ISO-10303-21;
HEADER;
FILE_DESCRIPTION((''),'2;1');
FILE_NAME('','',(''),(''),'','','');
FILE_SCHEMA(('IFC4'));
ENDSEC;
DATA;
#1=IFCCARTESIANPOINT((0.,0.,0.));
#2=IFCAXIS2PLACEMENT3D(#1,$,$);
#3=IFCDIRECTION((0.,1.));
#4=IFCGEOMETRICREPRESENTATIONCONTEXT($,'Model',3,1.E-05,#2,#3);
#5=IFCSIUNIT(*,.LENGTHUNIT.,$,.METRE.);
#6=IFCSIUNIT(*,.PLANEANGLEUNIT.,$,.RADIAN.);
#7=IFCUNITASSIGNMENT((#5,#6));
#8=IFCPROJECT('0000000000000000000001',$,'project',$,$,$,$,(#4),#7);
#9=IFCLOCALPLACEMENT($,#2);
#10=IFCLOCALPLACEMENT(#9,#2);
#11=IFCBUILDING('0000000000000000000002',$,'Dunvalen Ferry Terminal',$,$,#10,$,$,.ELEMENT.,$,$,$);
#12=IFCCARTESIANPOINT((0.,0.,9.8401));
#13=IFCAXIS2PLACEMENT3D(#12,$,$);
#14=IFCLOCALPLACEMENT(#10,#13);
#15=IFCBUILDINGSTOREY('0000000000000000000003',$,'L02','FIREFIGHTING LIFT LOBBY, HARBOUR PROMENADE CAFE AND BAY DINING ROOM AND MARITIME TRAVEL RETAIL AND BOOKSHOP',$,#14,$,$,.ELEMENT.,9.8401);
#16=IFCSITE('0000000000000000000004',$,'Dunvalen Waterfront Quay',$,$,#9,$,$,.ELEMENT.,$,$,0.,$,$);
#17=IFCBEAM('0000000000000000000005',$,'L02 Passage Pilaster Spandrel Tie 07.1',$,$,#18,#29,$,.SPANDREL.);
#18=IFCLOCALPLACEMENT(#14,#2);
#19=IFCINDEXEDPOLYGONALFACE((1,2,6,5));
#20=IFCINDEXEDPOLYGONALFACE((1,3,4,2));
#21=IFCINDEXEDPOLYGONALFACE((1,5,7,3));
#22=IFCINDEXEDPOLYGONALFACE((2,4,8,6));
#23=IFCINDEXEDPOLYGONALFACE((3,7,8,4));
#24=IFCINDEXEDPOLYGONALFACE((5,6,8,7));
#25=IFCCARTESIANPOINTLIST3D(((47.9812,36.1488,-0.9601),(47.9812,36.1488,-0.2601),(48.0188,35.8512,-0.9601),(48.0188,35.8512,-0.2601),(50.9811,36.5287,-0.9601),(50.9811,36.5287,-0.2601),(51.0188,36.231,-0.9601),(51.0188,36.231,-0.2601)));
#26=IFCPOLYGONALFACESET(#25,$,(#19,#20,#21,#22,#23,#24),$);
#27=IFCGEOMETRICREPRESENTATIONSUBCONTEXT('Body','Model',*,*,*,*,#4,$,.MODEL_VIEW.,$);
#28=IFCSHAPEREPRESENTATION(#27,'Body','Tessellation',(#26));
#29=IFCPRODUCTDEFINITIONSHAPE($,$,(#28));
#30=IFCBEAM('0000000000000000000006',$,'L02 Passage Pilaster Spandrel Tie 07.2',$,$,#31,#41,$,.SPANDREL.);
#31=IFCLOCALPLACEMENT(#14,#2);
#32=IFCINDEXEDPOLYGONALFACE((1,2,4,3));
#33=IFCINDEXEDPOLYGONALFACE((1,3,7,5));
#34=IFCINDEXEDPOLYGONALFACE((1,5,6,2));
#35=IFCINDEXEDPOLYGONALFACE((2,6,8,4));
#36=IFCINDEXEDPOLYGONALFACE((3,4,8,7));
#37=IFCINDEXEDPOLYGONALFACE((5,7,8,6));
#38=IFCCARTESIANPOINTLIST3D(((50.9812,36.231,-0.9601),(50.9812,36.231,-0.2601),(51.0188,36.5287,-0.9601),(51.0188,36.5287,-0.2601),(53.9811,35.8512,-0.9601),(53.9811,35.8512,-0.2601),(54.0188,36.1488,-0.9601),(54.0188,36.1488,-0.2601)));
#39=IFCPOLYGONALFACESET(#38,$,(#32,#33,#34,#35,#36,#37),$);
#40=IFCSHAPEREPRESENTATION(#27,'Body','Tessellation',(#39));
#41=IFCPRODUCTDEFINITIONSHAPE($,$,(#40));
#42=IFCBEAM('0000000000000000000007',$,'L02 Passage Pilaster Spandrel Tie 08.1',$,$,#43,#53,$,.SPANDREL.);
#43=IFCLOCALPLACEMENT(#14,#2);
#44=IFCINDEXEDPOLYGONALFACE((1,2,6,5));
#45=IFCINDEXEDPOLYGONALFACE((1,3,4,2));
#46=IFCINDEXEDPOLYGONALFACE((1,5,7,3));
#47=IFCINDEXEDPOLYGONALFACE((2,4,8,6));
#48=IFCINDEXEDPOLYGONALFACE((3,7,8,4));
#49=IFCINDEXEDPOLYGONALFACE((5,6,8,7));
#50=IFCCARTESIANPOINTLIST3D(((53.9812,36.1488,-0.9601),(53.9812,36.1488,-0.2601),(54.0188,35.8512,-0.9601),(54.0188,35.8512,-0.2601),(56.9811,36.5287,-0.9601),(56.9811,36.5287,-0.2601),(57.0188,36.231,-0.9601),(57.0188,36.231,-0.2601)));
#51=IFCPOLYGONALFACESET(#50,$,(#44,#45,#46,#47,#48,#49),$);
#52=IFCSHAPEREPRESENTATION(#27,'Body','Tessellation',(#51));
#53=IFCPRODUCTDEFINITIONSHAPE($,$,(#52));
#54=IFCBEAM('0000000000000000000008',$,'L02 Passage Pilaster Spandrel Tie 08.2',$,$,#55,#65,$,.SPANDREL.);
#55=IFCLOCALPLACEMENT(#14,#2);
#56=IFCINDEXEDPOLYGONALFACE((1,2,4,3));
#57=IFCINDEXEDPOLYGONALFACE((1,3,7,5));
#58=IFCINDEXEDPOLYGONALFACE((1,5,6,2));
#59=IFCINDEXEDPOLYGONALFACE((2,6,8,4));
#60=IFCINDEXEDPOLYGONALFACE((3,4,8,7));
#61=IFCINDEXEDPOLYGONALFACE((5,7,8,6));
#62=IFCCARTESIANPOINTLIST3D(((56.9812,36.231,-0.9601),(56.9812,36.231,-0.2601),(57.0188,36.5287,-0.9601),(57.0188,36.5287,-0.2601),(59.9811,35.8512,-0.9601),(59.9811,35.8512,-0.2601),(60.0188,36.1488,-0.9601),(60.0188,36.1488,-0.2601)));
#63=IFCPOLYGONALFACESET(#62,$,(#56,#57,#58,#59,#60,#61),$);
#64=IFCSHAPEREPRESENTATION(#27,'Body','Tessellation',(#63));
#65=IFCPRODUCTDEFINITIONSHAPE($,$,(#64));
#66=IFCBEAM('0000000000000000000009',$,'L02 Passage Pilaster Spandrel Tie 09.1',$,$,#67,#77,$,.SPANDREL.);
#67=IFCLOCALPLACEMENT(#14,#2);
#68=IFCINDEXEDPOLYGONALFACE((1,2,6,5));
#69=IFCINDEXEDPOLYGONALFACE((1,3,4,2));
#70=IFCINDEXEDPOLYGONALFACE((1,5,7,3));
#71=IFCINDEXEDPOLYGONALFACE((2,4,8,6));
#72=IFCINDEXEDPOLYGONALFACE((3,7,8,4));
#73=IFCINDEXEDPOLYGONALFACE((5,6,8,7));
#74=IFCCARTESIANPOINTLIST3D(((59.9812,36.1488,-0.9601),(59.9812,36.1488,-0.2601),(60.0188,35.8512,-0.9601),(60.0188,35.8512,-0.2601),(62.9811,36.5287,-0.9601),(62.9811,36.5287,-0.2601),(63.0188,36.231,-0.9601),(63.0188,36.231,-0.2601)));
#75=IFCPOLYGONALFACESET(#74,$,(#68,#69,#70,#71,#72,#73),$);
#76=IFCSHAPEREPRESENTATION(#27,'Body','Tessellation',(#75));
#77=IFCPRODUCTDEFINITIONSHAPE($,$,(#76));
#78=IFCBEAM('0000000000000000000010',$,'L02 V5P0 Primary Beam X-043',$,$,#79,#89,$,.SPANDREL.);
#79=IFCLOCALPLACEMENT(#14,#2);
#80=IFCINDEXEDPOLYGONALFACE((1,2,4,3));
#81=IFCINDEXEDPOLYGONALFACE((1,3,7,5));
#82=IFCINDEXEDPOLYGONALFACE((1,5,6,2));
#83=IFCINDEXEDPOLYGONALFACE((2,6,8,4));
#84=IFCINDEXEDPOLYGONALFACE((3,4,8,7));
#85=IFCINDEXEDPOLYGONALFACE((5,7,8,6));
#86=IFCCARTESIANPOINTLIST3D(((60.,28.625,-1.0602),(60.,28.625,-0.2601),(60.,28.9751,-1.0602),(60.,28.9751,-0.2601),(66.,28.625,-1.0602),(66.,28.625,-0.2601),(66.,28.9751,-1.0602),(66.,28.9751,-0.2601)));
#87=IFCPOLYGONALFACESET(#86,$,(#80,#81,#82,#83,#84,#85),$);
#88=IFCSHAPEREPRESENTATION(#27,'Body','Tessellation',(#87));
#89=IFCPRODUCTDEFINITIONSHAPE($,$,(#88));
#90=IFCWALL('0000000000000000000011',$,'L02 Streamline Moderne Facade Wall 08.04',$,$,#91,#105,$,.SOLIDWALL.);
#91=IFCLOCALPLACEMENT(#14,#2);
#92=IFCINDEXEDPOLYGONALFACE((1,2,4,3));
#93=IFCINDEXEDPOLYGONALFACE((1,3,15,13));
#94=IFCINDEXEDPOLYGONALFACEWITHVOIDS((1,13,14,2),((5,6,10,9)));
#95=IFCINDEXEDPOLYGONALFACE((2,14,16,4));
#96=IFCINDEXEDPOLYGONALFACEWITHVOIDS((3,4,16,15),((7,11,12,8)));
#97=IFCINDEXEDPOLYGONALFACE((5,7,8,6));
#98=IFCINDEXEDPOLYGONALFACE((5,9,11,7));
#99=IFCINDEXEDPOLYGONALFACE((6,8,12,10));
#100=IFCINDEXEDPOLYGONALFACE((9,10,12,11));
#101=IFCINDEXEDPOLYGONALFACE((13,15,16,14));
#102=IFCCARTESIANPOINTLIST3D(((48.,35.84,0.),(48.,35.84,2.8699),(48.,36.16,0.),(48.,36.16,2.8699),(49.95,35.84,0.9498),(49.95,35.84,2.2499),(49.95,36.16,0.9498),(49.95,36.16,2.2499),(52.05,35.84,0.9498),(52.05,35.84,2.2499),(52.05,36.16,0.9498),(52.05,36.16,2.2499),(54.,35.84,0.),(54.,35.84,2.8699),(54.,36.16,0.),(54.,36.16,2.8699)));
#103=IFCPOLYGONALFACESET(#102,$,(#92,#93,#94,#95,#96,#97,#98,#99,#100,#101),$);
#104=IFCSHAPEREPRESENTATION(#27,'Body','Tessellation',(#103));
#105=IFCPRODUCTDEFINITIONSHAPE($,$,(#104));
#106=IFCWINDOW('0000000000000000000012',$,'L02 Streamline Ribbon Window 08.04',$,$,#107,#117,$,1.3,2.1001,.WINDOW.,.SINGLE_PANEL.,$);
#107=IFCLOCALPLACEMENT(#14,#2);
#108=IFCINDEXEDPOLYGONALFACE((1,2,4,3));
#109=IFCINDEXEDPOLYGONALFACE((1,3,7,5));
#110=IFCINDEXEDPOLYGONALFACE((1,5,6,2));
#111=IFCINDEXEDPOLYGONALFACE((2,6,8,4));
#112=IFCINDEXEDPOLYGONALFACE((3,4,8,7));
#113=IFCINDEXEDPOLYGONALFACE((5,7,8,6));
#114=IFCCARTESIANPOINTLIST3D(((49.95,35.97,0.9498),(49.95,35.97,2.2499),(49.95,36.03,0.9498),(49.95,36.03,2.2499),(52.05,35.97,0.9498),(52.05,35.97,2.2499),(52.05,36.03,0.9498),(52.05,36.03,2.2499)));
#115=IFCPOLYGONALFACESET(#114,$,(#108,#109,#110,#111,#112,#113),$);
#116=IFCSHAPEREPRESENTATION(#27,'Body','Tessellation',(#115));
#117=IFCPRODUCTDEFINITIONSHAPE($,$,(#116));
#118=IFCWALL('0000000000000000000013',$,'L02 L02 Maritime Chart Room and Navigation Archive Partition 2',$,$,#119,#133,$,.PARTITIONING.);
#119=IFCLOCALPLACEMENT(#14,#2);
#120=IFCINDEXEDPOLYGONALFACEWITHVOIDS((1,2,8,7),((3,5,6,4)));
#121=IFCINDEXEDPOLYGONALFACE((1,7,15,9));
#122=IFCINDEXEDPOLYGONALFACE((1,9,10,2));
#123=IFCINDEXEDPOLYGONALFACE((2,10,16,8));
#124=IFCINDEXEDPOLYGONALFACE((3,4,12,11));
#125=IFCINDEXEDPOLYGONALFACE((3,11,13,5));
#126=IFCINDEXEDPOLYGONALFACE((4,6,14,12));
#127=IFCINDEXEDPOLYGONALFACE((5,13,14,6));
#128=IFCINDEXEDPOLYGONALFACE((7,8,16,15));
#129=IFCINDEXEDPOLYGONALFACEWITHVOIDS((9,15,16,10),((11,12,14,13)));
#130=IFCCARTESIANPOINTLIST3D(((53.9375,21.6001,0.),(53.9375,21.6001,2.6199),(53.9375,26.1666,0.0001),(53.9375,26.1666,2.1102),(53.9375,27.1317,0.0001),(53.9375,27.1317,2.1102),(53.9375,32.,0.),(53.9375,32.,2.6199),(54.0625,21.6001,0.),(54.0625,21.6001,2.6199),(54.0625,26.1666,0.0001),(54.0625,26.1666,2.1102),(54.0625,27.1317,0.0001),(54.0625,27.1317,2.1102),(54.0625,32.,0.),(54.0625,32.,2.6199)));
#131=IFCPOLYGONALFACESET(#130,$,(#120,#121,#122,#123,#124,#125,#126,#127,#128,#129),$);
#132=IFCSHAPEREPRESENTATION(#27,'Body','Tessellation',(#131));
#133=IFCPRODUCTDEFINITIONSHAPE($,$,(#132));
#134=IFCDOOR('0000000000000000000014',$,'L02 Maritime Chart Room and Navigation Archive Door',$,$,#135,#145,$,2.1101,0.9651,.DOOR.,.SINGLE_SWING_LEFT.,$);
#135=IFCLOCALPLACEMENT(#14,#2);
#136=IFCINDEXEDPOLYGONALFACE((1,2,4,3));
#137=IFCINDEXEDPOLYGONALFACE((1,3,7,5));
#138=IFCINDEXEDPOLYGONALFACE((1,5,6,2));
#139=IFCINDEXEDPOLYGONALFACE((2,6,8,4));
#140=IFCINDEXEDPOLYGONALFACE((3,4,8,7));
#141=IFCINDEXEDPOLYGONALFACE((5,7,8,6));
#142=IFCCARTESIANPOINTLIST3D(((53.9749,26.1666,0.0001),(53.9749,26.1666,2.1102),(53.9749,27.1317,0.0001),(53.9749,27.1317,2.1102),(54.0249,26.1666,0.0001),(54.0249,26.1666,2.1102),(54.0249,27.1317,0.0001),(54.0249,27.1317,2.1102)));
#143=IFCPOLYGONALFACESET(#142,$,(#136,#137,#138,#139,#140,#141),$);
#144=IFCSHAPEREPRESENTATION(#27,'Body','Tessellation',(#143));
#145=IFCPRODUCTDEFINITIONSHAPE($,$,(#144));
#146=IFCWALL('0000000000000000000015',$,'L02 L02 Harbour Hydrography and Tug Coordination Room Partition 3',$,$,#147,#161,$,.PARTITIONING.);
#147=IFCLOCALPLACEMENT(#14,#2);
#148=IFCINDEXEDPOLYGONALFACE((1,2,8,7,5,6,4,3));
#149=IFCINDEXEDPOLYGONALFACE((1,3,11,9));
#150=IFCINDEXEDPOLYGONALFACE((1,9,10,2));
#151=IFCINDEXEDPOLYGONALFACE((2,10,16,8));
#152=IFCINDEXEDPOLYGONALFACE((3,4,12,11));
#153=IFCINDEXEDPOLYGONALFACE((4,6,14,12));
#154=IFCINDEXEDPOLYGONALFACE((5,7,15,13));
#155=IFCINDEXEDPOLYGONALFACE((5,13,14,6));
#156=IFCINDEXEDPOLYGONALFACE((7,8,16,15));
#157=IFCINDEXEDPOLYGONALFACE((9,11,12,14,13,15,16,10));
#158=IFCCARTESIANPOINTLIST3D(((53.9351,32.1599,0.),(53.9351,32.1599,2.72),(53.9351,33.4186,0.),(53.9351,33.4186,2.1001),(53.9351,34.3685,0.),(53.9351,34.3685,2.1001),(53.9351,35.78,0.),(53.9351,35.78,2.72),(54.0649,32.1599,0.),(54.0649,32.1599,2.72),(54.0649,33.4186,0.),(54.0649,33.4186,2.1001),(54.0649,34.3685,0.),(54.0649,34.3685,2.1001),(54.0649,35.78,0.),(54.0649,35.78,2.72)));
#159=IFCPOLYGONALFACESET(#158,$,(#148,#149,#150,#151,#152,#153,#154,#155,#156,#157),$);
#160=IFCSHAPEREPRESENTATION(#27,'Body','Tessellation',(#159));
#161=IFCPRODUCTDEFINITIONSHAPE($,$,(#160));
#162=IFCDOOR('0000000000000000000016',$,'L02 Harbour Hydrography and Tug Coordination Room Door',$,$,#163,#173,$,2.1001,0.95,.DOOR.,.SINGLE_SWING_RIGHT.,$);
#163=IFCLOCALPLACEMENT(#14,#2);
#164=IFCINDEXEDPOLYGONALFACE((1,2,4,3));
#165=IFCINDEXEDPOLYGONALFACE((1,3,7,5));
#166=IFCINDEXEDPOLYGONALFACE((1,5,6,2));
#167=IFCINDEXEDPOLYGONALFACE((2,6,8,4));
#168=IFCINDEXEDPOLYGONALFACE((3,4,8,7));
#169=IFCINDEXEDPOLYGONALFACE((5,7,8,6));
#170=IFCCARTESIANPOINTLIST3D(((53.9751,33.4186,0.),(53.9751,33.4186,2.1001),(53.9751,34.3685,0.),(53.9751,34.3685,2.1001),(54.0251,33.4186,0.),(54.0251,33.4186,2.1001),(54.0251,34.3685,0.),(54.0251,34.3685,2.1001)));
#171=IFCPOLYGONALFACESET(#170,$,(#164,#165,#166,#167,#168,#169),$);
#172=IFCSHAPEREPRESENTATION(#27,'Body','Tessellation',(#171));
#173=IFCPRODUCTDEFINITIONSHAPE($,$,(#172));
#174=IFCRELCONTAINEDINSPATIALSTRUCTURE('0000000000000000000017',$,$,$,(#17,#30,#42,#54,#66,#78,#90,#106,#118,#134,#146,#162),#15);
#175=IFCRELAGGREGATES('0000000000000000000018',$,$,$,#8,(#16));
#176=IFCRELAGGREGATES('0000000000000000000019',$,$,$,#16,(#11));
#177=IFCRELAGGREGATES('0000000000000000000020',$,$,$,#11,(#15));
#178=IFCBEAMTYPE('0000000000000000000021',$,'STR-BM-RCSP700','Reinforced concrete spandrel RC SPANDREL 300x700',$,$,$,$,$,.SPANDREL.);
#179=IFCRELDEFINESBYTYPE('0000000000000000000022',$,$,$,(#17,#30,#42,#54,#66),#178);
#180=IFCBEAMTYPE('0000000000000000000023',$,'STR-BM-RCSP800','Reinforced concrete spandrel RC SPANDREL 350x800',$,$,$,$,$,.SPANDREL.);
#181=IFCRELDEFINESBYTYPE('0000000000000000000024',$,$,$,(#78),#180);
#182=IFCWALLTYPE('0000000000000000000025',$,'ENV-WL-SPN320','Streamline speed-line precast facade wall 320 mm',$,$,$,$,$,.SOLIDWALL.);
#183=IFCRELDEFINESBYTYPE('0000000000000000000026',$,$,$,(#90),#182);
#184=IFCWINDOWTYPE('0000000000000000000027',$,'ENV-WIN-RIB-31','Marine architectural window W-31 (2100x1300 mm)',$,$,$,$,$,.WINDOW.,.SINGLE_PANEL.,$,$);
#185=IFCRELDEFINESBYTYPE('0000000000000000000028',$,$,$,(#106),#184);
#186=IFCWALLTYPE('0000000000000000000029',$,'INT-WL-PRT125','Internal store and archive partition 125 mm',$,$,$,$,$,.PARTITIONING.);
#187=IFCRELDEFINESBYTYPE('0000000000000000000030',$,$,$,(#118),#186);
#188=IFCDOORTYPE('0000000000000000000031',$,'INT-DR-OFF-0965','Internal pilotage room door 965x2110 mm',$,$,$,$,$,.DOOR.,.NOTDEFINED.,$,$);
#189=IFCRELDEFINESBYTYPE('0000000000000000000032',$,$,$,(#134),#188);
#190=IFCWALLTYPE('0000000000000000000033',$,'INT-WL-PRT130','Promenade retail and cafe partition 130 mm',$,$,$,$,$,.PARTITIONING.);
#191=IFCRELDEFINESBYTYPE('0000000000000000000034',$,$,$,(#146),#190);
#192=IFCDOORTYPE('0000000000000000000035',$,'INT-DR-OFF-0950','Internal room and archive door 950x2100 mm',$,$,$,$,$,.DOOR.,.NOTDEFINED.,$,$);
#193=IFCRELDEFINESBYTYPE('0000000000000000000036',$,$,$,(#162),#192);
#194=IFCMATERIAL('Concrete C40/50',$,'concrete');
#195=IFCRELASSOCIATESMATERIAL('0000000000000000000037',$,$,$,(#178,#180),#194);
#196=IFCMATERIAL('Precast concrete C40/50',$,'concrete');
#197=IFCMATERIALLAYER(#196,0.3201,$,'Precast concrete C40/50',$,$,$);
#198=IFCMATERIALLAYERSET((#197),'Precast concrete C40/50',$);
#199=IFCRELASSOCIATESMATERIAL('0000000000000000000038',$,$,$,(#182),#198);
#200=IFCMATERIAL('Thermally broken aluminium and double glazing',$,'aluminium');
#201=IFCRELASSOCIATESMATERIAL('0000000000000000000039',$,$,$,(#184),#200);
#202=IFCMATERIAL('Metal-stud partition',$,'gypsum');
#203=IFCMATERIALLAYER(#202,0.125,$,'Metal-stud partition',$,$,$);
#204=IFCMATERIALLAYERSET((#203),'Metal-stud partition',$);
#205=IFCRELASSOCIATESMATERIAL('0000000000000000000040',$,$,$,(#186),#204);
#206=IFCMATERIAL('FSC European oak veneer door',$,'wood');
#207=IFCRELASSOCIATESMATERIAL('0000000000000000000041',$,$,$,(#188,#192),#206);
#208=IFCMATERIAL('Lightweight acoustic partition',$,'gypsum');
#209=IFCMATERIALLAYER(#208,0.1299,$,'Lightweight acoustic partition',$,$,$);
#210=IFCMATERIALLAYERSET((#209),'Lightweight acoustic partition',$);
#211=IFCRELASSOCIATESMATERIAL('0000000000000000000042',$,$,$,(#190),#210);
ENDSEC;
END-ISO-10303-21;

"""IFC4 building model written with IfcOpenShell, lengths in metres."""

from ifc_helpers import new_model, si_unit, direction, frame, frame_2d, origin, origin_2d, place, context, subcontext, project, spatial, rectangle, extrude, material, layer, layer_set, material_profile, profile_set, type_object, element, fill, save


model = new_model("IFC4")

# Units and contexts
model_context = context("Model", 3, precision=1e-05, world=origin(), true_north=direction((0.0, 1.0)))
body_context = subcontext(model_context, "Body", "Model", "MODEL_VIEW")
ifc_project = project(units=[si_unit("LENGTHUNIT", "METRE"), si_unit("PLANEANGLEUNIT", "RADIAN")], contexts=[model_context])

# Site, building, storey
site_placement = place(None, origin())
site = spatial("IfcSite", under=ifc_project, at=site_placement, Name="Dunvalen Waterfront Quay", CompositionType="ELEMENT", RefElevation=0.0)
building_placement = place(site_placement, origin())
building = spatial("IfcBuilding", under=site, at=building_placement, Name="Dunvalen Ferry Terminal", CompositionType="ELEMENT")
storey_placement = place(building_placement, frame((0.0, 0.0, 9.8401)))
storey = spatial("IfcBuildingStorey", under=building, at=storey_placement, Name="L02", Description="FIREFIGHTING LIFT LOBBY, HARBOUR PROMENADE CAFE AND BAY DINING ROOM AND MARITIME TRAVEL RETAIL AND BOOKSHOP", CompositionType="ELEMENT", Elevation=9.8401)

# Shared definitions
ifc_material_1 = material(Name="Concrete C40/50", Category="concrete")

# Beams
ifc_material_profile_1 = material_profile(ifc_material_1, rectangle(XDim=0.3, YDim=0.7, at=origin_2d()), Name="Concrete C40/50")
ifc_profile_set_1 = profile_set([ifc_material_profile_1], Name="Concrete C40/50")
beam_type_1 = type_object("IfcBeamType", Name="STR-BM-RCSP700", Description="Reinforced concrete spandrel RC SPANDREL 300x700", PredefinedType="SPANDREL", material=ifc_profile_set_1)
for number, where, z_axis, x_axis, name in (
    (1, (48.0, 36.0, -0.6101), (0.992078, 0.125624, 0.0), (-0.125624, 0.992078, 0.0), "L02 Passage Pilaster Spandrel Tie 07.1"),
    (2, (51.0, 36.3799, -0.6101), (0.992078, -0.125624, 0.0), (0.125624, 0.992078, 0.0), "L02 Passage Pilaster Spandrel Tie 07.2"),
    (3, (54.0, 36.0, -0.6101), (0.992078, 0.125624, 0.0), (-0.125624, 0.992078, 0.0), "L02 Passage Pilaster Spandrel Tie 08.1"),
    (4, (57.0, 36.3799, -0.6101), (0.992078, -0.125624, 0.0), (0.125624, 0.992078, 0.0), "L02 Passage Pilaster Spandrel Tie 08.2"),
    (5, (60.0, 36.0, -0.6101), (0.992078, 0.125624, 0.0), (-0.125624, 0.992078, 0.0), "L02 Passage Pilaster Spandrel Tie 09.1"),
):
    element("IfcBeam", number, at=place(storey_placement, frame(where, z_axis=z_axis, x_axis=x_axis)), inside=storey, type_object=beam_type_1, Name=name, PredefinedType="SPANDREL", context=body_context, shape_type="SweptSolid", body=[
        extrude(rectangle(XDim=0.3, YDim=0.7, at=origin_2d()), origin(), (0.0, 0.0, 1.0), 3.0239),
    ])
ifc_material_profile_2 = material_profile(ifc_material_1, rectangle(XDim=0.3501, YDim=0.8, at=origin_2d()), Name="Concrete C40/50")
ifc_profile_set_2 = profile_set([ifc_material_profile_2], Name="Concrete C40/50")
beam_type_2 = type_object("IfcBeamType", Name="STR-BM-RCSP800", Description="Reinforced concrete spandrel RC SPANDREL 350x800", PredefinedType="SPANDREL", material=ifc_profile_set_2)
beam_1_placement = place(storey_placement, frame((60.0, 28.8, -0.6602), z_axis=(1.0, 0.0, 0.0), x_axis=(0.0, 1.0, 0.0)))
element("IfcBeam", 6, at=beam_1_placement, inside=storey, type_object=beam_type_2, Name="L02 V5P0 Primary Beam X-043", PredefinedType="SPANDREL", context=body_context, shape_type="SweptSolid", body=[
    extrude(rectangle(XDim=0.3501, YDim=0.8, at=origin_2d()), origin(), (0.0, 0.0, 1.0), 6.0),
])

# Wall, opening, window
ifc_material_2 = material(Name="Precast concrete C40/50", Category="concrete")
ifc_layer_1 = layer(ifc_material_2, 0.3201, Name="Precast concrete C40/50")
ifc_layer_set_1 = layer_set([ifc_layer_1], Name="Precast concrete C40/50")
wall_type_1 = type_object("IfcWallType", Name="ENV-WL-SPN320", Description="Streamline speed-line precast facade wall 320 mm", PredefinedType="SOLIDWALL", material=ifc_layer_set_1)
wall_1_placement = place(storey_placement, frame((54.0, 36.0, 0.0), z_axis=(0.0, 0.0, 1.0), x_axis=(-1.0, 0.0, 0.0)))
wall_1 = element("IfcWall", 7, at=wall_1_placement, inside=storey, type_object=wall_type_1, Name="L02 Streamline Moderne Facade Wall 08.04", PredefinedType="SOLIDWALL", context=body_context, shape_type="SweptSolid", body=[
    extrude(rectangle(XDim=6.0, YDim=0.3201, at=frame_2d((3.0, 0.0))), origin(), (0.0, 0.0, 1.0), 2.8699),
])
opening_1_placement = place(wall_1_placement, frame((1.95, 0.0, 0.95)))
opening_1 = element("IfcOpeningElement", 8, at=opening_1_placement, cuts=wall_1, PredefinedType="OPENING", context=body_context, shape_type="SweptSolid", body=[
    extrude(rectangle(XDim=2.1001, YDim=1.3, at=frame_2d((1.05, 0.6499))), frame((0.0, 0.1699, 0.0), z_axis=(0.0, -1.0, 0.0), x_axis=(1.0, 0.0, 0.0)), (0.0, 0.0, 1.0), 0.3401),
])
ifc_material_3 = material(Name="Thermally broken aluminium and double glazing", Category="aluminium")
window_type = type_object("IfcWindowType", Name="ENV-WIN-RIB-31", Description="Marine architectural window W-31 (2100x1300 mm)", PartitioningType="SINGLE_PANEL", PredefinedType="WINDOW", material=ifc_material_3)
window_placement = place(opening_1_placement, origin())
window = element("IfcWindow", 9, at=window_placement, inside=storey, type_object=window_type, Name="L02 Streamline Ribbon Window 08.04", OverallHeight=1.3, OverallWidth=2.1001, PartitioningType="SINGLE_PANEL", PredefinedType="WINDOW", context=body_context, shape_type="SweptSolid", body=[
    extrude(rectangle(XDim=2.1001, YDim=1.3, at=frame_2d((1.05, 0.6499))), frame((0.0, 0.03, 0.0), z_axis=(0.0, -1.0, 0.0), x_axis=(1.0, 0.0, 0.0)), (0.0, 0.0, 1.0), 0.0601),
])
fill(opening_1, window)

# Walls, openings, doors
ifc_material_4 = material(Name="Metal-stud partition", Category="gypsum")
ifc_layer_2 = layer(ifc_material_4, 0.125, Name="Metal-stud partition")
ifc_layer_set_2 = layer_set([ifc_layer_2], Name="Metal-stud partition")
wall_type_2 = type_object("IfcWallType", Name="INT-WL-PRT125", Description="Internal store and archive partition 125 mm", PredefinedType="PARTITIONING", material=ifc_layer_set_2)
wall_2_placement = place(storey_placement, frame((54.0, 32.0, 0.0), z_axis=(0.0, 0.0, 1.0), x_axis=(0.0, -1.0, 0.0)))
wall_2 = element("IfcWall", 10, at=wall_2_placement, inside=storey, type_object=wall_type_2, Name="L02 L02 Maritime Chart Room and Navigation Archive Partition 2", PredefinedType="PARTITIONING", context=body_context, shape_type="SweptSolid", body=[
    extrude(rectangle(XDim=10.3999, YDim=0.125, at=frame_2d((5.2, 0.0))), origin(), (0.0, 0.0, 1.0), 2.6199),
])
opening_2_placement = place(wall_2_placement, frame((4.8684, 0.0, 0.0)))
opening_2 = element("IfcOpeningElement", 11, at=opening_2_placement, cuts=wall_2, PredefinedType="OPENING", context=body_context, shape_type="SweptSolid", body=[
    extrude(rectangle(XDim=0.9651, YDim=2.1101, at=frame_2d((0.4824, 1.0552))), frame((0.0, 0.0725, 0.0), z_axis=(0.0, -1.0, 0.0), x_axis=(1.0, 0.0, 0.0)), (0.0, 0.0, 1.0), 0.145),
])
ifc_material_5 = material(Name="FSC European oak veneer door", Category="wood")
door_type_1 = type_object("IfcDoorType", Name="INT-DR-OFF-0965", Description="Internal pilotage room door 965x2110 mm", OperationType="NOTDEFINED", PredefinedType="DOOR", material=ifc_material_5)
door_1_placement = place(opening_2_placement, origin())
door_1 = element("IfcDoor", 12, at=door_1_placement, inside=storey, type_object=door_type_1, Name="L02 Maritime Chart Room and Navigation Archive Door", OperationType="SINGLE_SWING_LEFT", OverallHeight=2.1101, OverallWidth=0.9651, PredefinedType="DOOR", context=body_context, shape_type="SweptSolid", body=[
    extrude(rectangle(XDim=0.9651, YDim=2.1101, at=frame_2d((0.4824, 1.0552))), frame((0.0, 0.0249, 0.0), z_axis=(0.0, -1.0, 0.0), x_axis=(1.0, 0.0, 0.0)), (0.0, 0.0, 1.0), 0.05),
])
fill(opening_2, door_1)
ifc_material_6 = material(Name="Lightweight acoustic partition", Category="gypsum")
ifc_layer_3 = layer(ifc_material_6, 0.1299, Name="Lightweight acoustic partition")
ifc_layer_set_3 = layer_set([ifc_layer_3], Name="Lightweight acoustic partition")
wall_type_3 = type_object("IfcWallType", Name="INT-WL-PRT130", Description="Promenade retail and cafe partition 130 mm", PredefinedType="PARTITIONING", material=ifc_layer_set_3)
wall_3_placement = place(storey_placement, frame((54.0, 32.1599, 0.0), z_axis=(0.0, 0.0, 1.0), x_axis=(0.0, 1.0, 0.0)))
wall_3 = element("IfcWall", 13, at=wall_3_placement, inside=storey, type_object=wall_type_3, Name="L02 L02 Harbour Hydrography and Tug Coordination Room Partition 3", PredefinedType="PARTITIONING", context=body_context, shape_type="SweptSolid", body=[
    extrude(rectangle(XDim=3.6201, YDim=0.1299, at=frame_2d((1.8101, 0.0))), origin(), (0.0, 0.0, 1.0), 2.72),
])
opening_3_placement = place(wall_3_placement, frame((1.2585, 0.0, 0.0)))
opening_3 = element("IfcOpeningElement", 14, at=opening_3_placement, cuts=wall_3, PredefinedType="OPENING", context=body_context, shape_type="SweptSolid", body=[
    extrude(rectangle(XDim=0.95, YDim=2.1001, at=frame_2d((0.4751, 1.05))), frame((0.0, 0.075, 0.0), z_axis=(0.0, -1.0, 0.0), x_axis=(1.0, 0.0, 0.0)), (0.0, 0.0, 1.0), 0.1499),
])
door_type_2 = type_object("IfcDoorType", Name="INT-DR-OFF-0950", Description="Internal room and archive door 950x2100 mm", OperationType="NOTDEFINED", PredefinedType="DOOR", material=ifc_material_5)
door_2_placement = place(opening_3_placement, origin())
door_2 = element("IfcDoor", 15, at=door_2_placement, inside=storey, type_object=door_type_2, Name="L02 Harbour Hydrography and Tug Coordination Room Door", OperationType="SINGLE_SWING_RIGHT", OverallHeight=2.1001, OverallWidth=0.95, PredefinedType="DOOR", context=body_context, shape_type="SweptSolid", body=[
    extrude(rectangle(XDim=0.95, YDim=2.1001, at=frame_2d((0.4751, 1.05))), frame((0.0, 0.0249, 0.0), z_axis=(0.0, -1.0, 0.0), x_axis=(1.0, 0.0, 0.0)), (0.0, 0.0, 1.0), 0.05),
])
fill(opening_3, door_2)

save(model, "model.ifc")
